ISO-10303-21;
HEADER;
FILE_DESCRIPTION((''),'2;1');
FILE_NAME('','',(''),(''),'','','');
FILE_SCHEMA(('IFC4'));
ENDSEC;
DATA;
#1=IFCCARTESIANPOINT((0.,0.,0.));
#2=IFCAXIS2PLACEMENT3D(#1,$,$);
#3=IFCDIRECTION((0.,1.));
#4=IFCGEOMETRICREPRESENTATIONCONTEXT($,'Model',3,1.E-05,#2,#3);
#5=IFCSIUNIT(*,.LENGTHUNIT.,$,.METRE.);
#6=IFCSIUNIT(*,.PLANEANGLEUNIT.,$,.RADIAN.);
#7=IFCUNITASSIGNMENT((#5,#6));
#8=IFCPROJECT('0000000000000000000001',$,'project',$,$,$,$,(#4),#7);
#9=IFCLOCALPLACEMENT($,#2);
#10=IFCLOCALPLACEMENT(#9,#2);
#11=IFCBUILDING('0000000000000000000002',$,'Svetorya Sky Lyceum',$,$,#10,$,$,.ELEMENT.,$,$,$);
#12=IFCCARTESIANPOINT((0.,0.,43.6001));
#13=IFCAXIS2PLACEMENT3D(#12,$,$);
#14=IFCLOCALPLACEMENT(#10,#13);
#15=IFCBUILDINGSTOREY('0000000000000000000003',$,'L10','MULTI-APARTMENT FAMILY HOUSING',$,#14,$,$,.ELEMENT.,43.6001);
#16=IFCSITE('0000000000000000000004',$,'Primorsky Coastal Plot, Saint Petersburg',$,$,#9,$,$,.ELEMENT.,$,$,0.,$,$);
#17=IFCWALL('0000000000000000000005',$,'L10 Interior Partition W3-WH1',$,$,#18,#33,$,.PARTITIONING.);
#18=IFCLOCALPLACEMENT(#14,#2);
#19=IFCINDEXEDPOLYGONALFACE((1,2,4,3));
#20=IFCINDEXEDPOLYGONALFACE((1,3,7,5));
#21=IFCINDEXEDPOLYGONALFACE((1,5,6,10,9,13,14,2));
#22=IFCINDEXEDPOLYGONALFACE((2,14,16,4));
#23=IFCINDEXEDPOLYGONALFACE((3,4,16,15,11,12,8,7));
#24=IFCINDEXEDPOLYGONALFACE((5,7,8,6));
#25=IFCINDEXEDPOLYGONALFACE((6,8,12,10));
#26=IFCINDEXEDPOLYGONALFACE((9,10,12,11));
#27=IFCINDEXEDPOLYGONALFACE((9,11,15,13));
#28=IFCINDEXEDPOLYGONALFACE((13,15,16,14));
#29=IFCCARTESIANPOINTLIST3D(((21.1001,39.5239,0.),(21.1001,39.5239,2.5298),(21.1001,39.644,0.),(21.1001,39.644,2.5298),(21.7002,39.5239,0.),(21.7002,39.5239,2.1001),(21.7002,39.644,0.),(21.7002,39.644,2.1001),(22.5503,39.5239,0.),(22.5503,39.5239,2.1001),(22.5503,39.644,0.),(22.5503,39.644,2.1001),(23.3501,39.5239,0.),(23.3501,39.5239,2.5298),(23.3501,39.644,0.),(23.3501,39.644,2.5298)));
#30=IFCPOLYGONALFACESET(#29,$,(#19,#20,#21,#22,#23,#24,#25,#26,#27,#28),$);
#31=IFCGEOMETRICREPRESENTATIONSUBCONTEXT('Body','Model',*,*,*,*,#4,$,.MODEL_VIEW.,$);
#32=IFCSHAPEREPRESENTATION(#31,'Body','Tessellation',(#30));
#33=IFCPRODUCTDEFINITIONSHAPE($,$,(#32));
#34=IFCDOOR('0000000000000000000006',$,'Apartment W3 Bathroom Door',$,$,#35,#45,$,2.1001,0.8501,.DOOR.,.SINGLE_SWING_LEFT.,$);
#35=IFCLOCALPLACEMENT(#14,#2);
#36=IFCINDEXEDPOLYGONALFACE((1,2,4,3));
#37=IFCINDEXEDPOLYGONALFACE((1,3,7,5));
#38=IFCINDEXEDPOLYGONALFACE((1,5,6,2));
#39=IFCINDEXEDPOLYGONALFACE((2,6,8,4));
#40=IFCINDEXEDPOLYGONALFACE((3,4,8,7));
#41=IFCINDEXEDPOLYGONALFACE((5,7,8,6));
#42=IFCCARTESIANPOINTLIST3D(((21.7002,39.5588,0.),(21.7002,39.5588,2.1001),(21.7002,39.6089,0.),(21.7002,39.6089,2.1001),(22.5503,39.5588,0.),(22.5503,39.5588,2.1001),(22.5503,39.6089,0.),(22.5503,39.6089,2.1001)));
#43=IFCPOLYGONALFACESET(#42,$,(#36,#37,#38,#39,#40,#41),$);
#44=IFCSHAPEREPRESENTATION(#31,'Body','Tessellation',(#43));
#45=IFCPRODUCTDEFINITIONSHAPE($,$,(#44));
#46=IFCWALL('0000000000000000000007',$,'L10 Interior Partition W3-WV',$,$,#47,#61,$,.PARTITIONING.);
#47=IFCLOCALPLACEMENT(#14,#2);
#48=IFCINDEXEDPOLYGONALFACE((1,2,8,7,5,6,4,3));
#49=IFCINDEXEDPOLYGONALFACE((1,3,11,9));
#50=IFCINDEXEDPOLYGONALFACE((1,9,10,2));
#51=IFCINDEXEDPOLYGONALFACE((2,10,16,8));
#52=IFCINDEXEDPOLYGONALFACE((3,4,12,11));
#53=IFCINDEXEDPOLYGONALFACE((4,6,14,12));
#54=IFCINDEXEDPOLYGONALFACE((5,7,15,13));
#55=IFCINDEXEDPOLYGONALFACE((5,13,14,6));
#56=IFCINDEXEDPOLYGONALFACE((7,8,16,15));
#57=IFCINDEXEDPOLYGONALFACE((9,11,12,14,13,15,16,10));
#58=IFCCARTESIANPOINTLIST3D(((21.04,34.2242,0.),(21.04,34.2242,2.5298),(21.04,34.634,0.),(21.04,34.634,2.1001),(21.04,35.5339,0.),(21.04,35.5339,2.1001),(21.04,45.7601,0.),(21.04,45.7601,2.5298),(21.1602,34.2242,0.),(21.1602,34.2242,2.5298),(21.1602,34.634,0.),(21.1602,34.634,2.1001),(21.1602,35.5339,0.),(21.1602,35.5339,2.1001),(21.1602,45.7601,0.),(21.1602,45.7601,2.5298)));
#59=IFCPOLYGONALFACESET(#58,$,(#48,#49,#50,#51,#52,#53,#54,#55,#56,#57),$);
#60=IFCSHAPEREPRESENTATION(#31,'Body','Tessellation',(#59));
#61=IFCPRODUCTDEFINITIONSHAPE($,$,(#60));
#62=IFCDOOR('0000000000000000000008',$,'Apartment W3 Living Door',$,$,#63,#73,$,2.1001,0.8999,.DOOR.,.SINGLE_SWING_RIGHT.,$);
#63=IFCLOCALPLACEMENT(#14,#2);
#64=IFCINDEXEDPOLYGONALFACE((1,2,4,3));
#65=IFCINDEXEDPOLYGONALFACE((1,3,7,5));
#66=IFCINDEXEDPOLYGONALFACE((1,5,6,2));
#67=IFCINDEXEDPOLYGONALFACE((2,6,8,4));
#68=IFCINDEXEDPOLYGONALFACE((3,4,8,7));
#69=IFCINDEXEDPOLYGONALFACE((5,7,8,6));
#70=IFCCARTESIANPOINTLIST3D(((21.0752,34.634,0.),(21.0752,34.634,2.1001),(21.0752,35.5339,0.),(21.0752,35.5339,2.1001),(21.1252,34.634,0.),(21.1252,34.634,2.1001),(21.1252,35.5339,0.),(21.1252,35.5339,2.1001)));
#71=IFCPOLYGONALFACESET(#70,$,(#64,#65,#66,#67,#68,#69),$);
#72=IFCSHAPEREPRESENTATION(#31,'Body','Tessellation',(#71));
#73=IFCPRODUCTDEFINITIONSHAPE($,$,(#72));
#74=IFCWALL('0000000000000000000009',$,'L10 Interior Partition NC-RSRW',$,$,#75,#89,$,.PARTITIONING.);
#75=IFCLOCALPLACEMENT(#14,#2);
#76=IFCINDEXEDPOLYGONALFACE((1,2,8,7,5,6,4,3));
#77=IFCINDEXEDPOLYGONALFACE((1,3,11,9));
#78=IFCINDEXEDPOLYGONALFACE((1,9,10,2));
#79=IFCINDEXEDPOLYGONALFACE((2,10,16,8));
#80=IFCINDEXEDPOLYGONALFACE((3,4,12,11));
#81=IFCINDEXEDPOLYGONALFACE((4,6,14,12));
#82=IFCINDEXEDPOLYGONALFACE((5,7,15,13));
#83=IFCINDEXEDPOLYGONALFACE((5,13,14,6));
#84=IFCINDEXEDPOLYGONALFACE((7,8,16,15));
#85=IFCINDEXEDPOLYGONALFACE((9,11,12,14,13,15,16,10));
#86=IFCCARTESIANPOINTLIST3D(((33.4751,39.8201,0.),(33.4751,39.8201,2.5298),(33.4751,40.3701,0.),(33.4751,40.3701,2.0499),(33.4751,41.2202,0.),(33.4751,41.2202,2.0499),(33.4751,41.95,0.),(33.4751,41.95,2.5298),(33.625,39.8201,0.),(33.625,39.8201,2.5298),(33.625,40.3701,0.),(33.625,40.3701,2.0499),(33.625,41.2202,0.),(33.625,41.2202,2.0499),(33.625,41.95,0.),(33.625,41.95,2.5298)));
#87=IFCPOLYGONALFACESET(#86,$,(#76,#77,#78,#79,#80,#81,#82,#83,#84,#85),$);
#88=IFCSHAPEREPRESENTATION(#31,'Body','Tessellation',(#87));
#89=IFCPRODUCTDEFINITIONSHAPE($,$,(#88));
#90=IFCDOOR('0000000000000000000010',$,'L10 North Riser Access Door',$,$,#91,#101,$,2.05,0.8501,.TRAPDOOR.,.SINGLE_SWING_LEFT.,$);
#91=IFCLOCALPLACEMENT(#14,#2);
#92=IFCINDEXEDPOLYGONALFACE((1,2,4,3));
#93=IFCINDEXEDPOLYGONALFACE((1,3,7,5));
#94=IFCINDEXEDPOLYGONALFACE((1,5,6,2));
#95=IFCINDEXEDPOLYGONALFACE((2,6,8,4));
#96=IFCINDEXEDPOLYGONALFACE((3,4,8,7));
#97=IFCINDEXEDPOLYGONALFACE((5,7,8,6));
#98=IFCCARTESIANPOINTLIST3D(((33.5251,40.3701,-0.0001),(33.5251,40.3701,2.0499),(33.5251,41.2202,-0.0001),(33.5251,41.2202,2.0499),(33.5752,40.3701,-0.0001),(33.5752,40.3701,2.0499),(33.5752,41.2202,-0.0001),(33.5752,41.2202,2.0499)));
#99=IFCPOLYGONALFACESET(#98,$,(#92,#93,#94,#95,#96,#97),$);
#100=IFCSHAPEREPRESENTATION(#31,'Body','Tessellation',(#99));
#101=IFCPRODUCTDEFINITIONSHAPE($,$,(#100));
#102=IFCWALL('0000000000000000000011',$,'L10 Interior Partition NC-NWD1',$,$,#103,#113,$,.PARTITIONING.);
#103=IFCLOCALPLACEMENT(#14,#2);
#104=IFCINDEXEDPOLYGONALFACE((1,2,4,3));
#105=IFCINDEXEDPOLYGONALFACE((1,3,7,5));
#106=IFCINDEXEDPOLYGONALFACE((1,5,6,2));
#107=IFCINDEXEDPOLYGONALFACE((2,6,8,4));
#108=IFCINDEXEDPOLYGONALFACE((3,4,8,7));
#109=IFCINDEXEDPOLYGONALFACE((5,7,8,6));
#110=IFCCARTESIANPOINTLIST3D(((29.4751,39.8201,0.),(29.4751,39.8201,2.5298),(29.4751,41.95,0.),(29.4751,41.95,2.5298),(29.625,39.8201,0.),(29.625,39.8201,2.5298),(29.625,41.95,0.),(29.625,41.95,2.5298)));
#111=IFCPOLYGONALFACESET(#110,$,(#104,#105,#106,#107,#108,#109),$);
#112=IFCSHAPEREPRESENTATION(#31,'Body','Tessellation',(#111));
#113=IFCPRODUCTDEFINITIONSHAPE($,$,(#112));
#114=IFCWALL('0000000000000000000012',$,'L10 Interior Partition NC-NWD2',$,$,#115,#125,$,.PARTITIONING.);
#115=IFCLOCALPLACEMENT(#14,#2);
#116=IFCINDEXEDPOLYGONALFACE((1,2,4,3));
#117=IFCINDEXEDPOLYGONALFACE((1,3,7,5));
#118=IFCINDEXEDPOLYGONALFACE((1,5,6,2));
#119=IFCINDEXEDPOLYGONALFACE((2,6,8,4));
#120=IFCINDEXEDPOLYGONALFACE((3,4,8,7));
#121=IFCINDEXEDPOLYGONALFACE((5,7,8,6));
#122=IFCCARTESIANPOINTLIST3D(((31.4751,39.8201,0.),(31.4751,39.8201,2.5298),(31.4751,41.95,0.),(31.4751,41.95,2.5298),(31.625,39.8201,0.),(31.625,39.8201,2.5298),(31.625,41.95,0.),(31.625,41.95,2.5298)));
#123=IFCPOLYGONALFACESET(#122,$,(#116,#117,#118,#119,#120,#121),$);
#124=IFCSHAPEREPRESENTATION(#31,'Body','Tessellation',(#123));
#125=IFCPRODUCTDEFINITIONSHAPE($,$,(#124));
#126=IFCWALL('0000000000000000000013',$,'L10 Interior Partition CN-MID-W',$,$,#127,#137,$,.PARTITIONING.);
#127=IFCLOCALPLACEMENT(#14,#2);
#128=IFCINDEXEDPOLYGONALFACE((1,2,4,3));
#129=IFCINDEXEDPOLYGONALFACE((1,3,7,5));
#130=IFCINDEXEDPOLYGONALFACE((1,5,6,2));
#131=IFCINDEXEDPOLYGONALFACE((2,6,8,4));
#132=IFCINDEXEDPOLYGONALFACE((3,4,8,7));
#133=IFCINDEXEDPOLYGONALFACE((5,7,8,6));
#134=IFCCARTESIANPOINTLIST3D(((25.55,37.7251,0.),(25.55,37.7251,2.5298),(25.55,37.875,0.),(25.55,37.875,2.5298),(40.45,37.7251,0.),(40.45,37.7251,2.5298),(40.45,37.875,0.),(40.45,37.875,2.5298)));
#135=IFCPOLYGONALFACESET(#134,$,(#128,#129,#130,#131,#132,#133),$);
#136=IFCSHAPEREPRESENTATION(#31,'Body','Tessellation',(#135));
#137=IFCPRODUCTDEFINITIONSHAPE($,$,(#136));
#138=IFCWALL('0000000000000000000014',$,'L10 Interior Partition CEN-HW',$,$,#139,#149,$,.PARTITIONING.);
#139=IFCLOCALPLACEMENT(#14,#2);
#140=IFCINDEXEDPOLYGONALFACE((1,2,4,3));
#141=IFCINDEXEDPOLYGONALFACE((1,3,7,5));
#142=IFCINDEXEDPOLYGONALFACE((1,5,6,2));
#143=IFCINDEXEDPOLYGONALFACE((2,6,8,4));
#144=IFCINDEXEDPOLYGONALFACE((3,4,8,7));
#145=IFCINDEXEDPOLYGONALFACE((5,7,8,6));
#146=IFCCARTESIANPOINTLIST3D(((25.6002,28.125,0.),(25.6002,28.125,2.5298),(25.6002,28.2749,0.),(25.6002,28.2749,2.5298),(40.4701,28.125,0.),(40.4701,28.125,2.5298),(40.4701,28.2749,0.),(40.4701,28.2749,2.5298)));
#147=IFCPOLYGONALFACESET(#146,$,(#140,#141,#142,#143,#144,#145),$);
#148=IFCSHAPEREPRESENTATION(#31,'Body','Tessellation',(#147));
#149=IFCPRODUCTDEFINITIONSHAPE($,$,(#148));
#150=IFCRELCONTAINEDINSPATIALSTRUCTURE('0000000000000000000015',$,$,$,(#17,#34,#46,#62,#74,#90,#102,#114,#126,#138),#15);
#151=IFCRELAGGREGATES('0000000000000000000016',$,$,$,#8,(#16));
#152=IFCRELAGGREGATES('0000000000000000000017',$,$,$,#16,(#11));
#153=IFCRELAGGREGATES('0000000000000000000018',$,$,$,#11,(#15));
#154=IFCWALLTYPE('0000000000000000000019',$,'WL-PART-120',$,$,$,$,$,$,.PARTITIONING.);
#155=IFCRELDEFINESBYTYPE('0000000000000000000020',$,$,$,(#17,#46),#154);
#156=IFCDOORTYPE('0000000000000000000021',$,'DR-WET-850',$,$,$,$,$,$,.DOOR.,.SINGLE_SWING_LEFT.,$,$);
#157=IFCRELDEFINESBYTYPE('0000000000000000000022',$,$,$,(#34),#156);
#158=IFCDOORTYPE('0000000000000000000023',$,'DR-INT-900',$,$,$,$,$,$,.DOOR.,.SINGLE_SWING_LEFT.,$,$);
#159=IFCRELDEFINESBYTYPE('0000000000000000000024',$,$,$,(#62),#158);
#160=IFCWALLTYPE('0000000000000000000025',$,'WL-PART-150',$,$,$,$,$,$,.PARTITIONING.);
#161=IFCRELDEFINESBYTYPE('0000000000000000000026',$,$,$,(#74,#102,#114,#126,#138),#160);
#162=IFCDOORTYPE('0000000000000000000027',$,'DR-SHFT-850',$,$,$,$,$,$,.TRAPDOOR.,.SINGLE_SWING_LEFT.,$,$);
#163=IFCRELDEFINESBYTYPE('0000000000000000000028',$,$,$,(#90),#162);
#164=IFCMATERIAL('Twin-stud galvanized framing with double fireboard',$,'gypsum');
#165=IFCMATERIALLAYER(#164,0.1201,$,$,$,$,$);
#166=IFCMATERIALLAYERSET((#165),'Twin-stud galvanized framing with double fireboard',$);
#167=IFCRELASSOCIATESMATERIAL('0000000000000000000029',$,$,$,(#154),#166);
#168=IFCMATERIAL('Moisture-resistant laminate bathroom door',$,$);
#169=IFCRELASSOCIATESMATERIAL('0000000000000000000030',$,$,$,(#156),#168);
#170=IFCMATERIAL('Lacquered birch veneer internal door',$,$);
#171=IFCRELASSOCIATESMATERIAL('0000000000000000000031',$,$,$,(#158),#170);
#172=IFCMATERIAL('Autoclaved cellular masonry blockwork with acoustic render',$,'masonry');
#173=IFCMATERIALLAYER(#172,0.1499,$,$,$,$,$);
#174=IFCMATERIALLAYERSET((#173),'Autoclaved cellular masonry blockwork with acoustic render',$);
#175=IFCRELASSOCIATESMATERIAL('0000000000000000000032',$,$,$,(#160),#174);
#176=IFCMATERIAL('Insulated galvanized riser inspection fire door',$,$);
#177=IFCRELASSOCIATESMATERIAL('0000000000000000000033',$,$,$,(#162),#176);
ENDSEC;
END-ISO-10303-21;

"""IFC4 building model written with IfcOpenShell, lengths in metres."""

from ifc_helpers import new_model, si_unit, direction, frame, frame_2d, origin, place, context, subcontext, project, spatial, rectangle, extrude, material, layer, layer_set, type_object, element, fill, save


model = new_model("IFC4")

# Units and contexts
model_context = context("Model", 3, precision=1e-05, world=origin(), true_north=direction((0.0, 1.0)))
body_context = subcontext(model_context, "Body", "Model", "MODEL_VIEW")
ifc_project = project(units=[si_unit("LENGTHUNIT", "METRE"), si_unit("PLANEANGLEUNIT", "RADIAN")], contexts=[model_context])

# Site, building, storey
site_placement = place(None, origin())
site = spatial("IfcSite", under=ifc_project, at=site_placement, Name="Primorsky Coastal Plot, Saint Petersburg", CompositionType="ELEMENT", RefElevation=0.0)
building_placement = place(site_placement, origin())
building = spatial("IfcBuilding", under=site, at=building_placement, Name="Svetorya Sky Lyceum", CompositionType="ELEMENT")
storey_placement = place(building_placement, frame((0.0, 0.0, 43.6001)))
storey = spatial("IfcBuildingStorey", under=building, at=storey_placement, Name="L10", Description="MULTI-APARTMENT FAMILY HOUSING", CompositionType="ELEMENT", Elevation=43.6001)

# Walls, openings, doors
ifc_material_1 = material(Name="Twin-stud galvanized framing with double fireboard", Category="gypsum")
ifc_layer_1 = layer(ifc_material_1, 0.1201)
ifc_layer_set_1 = layer_set([ifc_layer_1], Name="Twin-stud galvanized framing with double fireboard")
wall_type_1 = type_object("IfcWallType", Name="WL-PART-120", PredefinedType="PARTITIONING", material=ifc_layer_set_1)
ifc_material_2 = material(Name="Moisture-resistant laminate bathroom door")
door_type_1 = type_object("IfcDoorType", Name="DR-WET-850", OperationType="SINGLE_SWING_LEFT", PredefinedType="DOOR", material=ifc_material_2)
wall_1_placement = place(storey_placement, frame((21.1001, 39.584, 0.0), z_axis=(0.0, 0.0, 1.0), x_axis=(1.0, 0.0, 0.0)))
wall_1 = element("IfcWall", 1, at=wall_1_placement, inside=storey, type_object=wall_type_1, Name="L10 Interior Partition W3-WH1", PredefinedType="PARTITIONING", context=body_context, shape_type="SweptSolid", body=[
    extrude(rectangle(XDim=2.25, YDim=0.1201, at=frame_2d((1.125, 0.0))), origin(), (0.0, 0.0, 1.0), 2.5298),
])
opening_1_placement = place(wall_1_placement, frame((0.6001, 0.0, 0.0)))
opening_1 = element("IfcOpeningElement", 2, at=opening_1_placement, cuts=wall_1, PredefinedType="OPENING", context=body_context, shape_type="SweptSolid", body=[
    extrude(rectangle(XDim=0.8501, YDim=2.1001, at=frame_2d((0.425, 1.05))), frame((0.0, 0.0701, 0.0), z_axis=(0.0, -1.0, 0.0), x_axis=(1.0, 0.0, 0.0)), (0.0, 0.0, 1.0), 0.1401),
])
door_1_placement = place(opening_1_placement, origin())
door_1 = element("IfcDoor", 3, at=door_1_placement, inside=storey, type_object=door_type_1, Name="Apartment W3 Bathroom Door", OperationType="SINGLE_SWING_LEFT", OverallHeight=2.1001, OverallWidth=0.8501, PredefinedType="DOOR", context=body_context, shape_type="SweptSolid", body=[
    extrude(rectangle(XDim=0.8501, YDim=2.1001, at=frame_2d((0.425, 1.05))), frame((0.0, 0.0249, 0.0), z_axis=(0.0, -1.0, 0.0), x_axis=(1.0, 0.0, 0.0)), (0.0, 0.0, 1.0), 0.05),
])
fill(opening_1, door_1)
wall_2_placement = place(storey_placement, frame((21.1001, 34.2241, 0.0), z_axis=(0.0, 0.0, 1.0), x_axis=(0.0, 1.0, 0.0)))
wall_2 = element("IfcWall", 4, at=wall_2_placement, inside=storey, type_object=wall_type_1, Name="L10 Interior Partition W3-WV", PredefinedType="PARTITIONING", context=body_context, shape_type="SweptSolid", body=[
    extrude(rectangle(XDim=11.5359, YDim=0.1201, at=frame_2d((5.7681, 0.0))), origin(), (0.0, 0.0, 1.0), 2.5298),
])
opening_2_placement = place(wall_2_placement, frame((0.4099, 0.0, 0.0)))
opening_2 = element("IfcOpeningElement", 5, at=opening_2_placement, cuts=wall_2, PredefinedType="OPENING", context=body_context, shape_type="SweptSolid", body=[
    extrude(rectangle(XDim=0.8999, YDim=2.1001, at=frame_2d((0.45, 1.05))), frame((0.0, 0.0701, 0.0), z_axis=(0.0, -1.0, 0.0), x_axis=(1.0, 0.0, 0.0)), (0.0, 0.0, 1.0), 0.1401),
])
ifc_material_3 = material(Name="Lacquered birch veneer internal door")
door_type_2 = type_object("IfcDoorType", Name="DR-INT-900", OperationType="SINGLE_SWING_LEFT", PredefinedType="DOOR", material=ifc_material_3)
door_2_placement = place(opening_2_placement, origin())
door_2 = element("IfcDoor", 6, at=door_2_placement, inside=storey, type_object=door_type_2, Name="Apartment W3 Living Door", OperationType="SINGLE_SWING_RIGHT", OverallHeight=2.1001, OverallWidth=0.8999, PredefinedType="DOOR", context=body_context, shape_type="SweptSolid", body=[
    extrude(rectangle(XDim=0.8999, YDim=2.1001, at=frame_2d((0.45, 1.05))), frame((0.0, 0.0249, 0.0), z_axis=(0.0, -1.0, 0.0), x_axis=(1.0, 0.0, 0.0)), (0.0, 0.0, 1.0), 0.05),
])
fill(opening_2, door_2)
ifc_material_4 = material(Name="Autoclaved cellular masonry blockwork with acoustic render", Category="masonry")
ifc_layer_2 = layer(ifc_material_4, 0.1499)
ifc_layer_set_2 = layer_set([ifc_layer_2], Name="Autoclaved cellular masonry blockwork with acoustic render")
wall_type_2 = type_object("IfcWallType", Name="WL-PART-150", PredefinedType="PARTITIONING", material=ifc_layer_set_2)
wall_3_placement = place(storey_placement, frame((33.55, 39.8201, 0.0), z_axis=(0.0, 0.0, 1.0), x_axis=(0.0, 1.0, 0.0)))
wall_3 = element("IfcWall", 7, at=wall_3_placement, inside=storey, type_object=wall_type_2, Name="L10 Interior Partition NC-RSRW", PredefinedType="PARTITIONING", context=body_context, shape_type="SweptSolid", body=[
    extrude(rectangle(XDim=2.1299, YDim=0.1499, at=frame_2d((1.0649, 0.0))), origin(), (0.0, 0.0, 1.0), 2.5298),
])
opening_3_placement = place(wall_3_placement, frame((0.55, 0.0, 0.0)))
opening_3 = element("IfcOpeningElement", 8, at=opening_3_placement, cuts=wall_3, PredefinedType="OPENING", context=body_context, shape_type="SweptSolid", body=[
    extrude(rectangle(XDim=0.8501, YDim=2.05, at=frame_2d((0.425, 1.0249))), frame((0.0, 0.085, 0.0), z_axis=(0.0, -1.0, 0.0), x_axis=(1.0, 0.0, 0.0)), (0.0, 0.0, 1.0), 0.1699),
])
ifc_material_5 = material(Name="Insulated galvanized riser inspection fire door")
door_type_3 = type_object("IfcDoorType", Name="DR-SHFT-850", OperationType="SINGLE_SWING_LEFT", PredefinedType="TRAPDOOR", material=ifc_material_5)
door_3_placement = place(opening_3_placement, origin())
door_3 = element("IfcDoor", 9, at=door_3_placement, inside=storey, type_object=door_type_3, Name="L10 North Riser Access Door", OperationType="SINGLE_SWING_LEFT", OverallHeight=2.05, OverallWidth=0.8501, PredefinedType="TRAPDOOR", context=body_context, shape_type="SweptSolid", body=[
    extrude(rectangle(XDim=0.8501, YDim=2.05, at=frame_2d((0.425, 1.0249))), frame((0.0, 0.0249, 0.0), z_axis=(0.0, -1.0, 0.0), x_axis=(1.0, 0.0, 0.0)), (0.0, 0.0, 1.0), 0.05),
])
fill(opening_3, door_3)

# Walls
for number, where, z_axis, x_axis, name in (
    (10, (29.55, 39.8201, 0.0), (0.0, 0.0, 1.0), (0.0, 1.0, 0.0), "L10 Interior Partition NC-NWD1"),
    (11, (31.55, 39.8201, 0.0), (0.0, 0.0, 1.0), (0.0, 1.0, 0.0), "L10 Interior Partition NC-NWD2"),
):
    element("IfcWall", number, at=place(storey_placement, frame(where, z_axis=z_axis, x_axis=x_axis)), inside=storey, type_object=wall_type_2, Name=name, PredefinedType="PARTITIONING", context=body_context, shape_type="SweptSolid", body=[
        extrude(rectangle(XDim=2.1299, YDim=0.1499, at=frame_2d((1.0649, 0.0))), origin(), (0.0, 0.0, 1.0), 2.5298),
    ])
wall_4_placement = place(storey_placement, frame((25.55, 37.8, 0.0), z_axis=(0.0, 0.0, 1.0), x_axis=(1.0, 0.0, 0.0)))
element("IfcWall", 12, at=wall_4_placement, inside=storey, type_object=wall_type_2, Name="L10 Interior Partition CN-MID-W", PredefinedType="PARTITIONING", context=body_context, shape_type="SweptSolid", body=[
    extrude(rectangle(XDim=14.8999, YDim=0.1499, at=frame_2d((7.45, 0.0))), origin(), (0.0, 0.0, 1.0), 2.5298),
])
wall_5_placement = place(storey_placement, frame((25.6001, 28.2, 0.0), z_axis=(0.0, 0.0, 1.0), x_axis=(1.0, 0.0, 0.0)))
element("IfcWall", 13, at=wall_5_placement, inside=storey, type_object=wall_type_2, Name="L10 Interior Partition CEN-HW", PredefinedType="PARTITIONING", context=body_context, shape_type="SweptSolid", body=[
    extrude(rectangle(XDim=14.8699, YDim=0.1499, at=frame_2d((7.4351, 0.0))), origin(), (0.0, 0.0, 1.0), 2.5298),
])

save(model, "model.ifc")
